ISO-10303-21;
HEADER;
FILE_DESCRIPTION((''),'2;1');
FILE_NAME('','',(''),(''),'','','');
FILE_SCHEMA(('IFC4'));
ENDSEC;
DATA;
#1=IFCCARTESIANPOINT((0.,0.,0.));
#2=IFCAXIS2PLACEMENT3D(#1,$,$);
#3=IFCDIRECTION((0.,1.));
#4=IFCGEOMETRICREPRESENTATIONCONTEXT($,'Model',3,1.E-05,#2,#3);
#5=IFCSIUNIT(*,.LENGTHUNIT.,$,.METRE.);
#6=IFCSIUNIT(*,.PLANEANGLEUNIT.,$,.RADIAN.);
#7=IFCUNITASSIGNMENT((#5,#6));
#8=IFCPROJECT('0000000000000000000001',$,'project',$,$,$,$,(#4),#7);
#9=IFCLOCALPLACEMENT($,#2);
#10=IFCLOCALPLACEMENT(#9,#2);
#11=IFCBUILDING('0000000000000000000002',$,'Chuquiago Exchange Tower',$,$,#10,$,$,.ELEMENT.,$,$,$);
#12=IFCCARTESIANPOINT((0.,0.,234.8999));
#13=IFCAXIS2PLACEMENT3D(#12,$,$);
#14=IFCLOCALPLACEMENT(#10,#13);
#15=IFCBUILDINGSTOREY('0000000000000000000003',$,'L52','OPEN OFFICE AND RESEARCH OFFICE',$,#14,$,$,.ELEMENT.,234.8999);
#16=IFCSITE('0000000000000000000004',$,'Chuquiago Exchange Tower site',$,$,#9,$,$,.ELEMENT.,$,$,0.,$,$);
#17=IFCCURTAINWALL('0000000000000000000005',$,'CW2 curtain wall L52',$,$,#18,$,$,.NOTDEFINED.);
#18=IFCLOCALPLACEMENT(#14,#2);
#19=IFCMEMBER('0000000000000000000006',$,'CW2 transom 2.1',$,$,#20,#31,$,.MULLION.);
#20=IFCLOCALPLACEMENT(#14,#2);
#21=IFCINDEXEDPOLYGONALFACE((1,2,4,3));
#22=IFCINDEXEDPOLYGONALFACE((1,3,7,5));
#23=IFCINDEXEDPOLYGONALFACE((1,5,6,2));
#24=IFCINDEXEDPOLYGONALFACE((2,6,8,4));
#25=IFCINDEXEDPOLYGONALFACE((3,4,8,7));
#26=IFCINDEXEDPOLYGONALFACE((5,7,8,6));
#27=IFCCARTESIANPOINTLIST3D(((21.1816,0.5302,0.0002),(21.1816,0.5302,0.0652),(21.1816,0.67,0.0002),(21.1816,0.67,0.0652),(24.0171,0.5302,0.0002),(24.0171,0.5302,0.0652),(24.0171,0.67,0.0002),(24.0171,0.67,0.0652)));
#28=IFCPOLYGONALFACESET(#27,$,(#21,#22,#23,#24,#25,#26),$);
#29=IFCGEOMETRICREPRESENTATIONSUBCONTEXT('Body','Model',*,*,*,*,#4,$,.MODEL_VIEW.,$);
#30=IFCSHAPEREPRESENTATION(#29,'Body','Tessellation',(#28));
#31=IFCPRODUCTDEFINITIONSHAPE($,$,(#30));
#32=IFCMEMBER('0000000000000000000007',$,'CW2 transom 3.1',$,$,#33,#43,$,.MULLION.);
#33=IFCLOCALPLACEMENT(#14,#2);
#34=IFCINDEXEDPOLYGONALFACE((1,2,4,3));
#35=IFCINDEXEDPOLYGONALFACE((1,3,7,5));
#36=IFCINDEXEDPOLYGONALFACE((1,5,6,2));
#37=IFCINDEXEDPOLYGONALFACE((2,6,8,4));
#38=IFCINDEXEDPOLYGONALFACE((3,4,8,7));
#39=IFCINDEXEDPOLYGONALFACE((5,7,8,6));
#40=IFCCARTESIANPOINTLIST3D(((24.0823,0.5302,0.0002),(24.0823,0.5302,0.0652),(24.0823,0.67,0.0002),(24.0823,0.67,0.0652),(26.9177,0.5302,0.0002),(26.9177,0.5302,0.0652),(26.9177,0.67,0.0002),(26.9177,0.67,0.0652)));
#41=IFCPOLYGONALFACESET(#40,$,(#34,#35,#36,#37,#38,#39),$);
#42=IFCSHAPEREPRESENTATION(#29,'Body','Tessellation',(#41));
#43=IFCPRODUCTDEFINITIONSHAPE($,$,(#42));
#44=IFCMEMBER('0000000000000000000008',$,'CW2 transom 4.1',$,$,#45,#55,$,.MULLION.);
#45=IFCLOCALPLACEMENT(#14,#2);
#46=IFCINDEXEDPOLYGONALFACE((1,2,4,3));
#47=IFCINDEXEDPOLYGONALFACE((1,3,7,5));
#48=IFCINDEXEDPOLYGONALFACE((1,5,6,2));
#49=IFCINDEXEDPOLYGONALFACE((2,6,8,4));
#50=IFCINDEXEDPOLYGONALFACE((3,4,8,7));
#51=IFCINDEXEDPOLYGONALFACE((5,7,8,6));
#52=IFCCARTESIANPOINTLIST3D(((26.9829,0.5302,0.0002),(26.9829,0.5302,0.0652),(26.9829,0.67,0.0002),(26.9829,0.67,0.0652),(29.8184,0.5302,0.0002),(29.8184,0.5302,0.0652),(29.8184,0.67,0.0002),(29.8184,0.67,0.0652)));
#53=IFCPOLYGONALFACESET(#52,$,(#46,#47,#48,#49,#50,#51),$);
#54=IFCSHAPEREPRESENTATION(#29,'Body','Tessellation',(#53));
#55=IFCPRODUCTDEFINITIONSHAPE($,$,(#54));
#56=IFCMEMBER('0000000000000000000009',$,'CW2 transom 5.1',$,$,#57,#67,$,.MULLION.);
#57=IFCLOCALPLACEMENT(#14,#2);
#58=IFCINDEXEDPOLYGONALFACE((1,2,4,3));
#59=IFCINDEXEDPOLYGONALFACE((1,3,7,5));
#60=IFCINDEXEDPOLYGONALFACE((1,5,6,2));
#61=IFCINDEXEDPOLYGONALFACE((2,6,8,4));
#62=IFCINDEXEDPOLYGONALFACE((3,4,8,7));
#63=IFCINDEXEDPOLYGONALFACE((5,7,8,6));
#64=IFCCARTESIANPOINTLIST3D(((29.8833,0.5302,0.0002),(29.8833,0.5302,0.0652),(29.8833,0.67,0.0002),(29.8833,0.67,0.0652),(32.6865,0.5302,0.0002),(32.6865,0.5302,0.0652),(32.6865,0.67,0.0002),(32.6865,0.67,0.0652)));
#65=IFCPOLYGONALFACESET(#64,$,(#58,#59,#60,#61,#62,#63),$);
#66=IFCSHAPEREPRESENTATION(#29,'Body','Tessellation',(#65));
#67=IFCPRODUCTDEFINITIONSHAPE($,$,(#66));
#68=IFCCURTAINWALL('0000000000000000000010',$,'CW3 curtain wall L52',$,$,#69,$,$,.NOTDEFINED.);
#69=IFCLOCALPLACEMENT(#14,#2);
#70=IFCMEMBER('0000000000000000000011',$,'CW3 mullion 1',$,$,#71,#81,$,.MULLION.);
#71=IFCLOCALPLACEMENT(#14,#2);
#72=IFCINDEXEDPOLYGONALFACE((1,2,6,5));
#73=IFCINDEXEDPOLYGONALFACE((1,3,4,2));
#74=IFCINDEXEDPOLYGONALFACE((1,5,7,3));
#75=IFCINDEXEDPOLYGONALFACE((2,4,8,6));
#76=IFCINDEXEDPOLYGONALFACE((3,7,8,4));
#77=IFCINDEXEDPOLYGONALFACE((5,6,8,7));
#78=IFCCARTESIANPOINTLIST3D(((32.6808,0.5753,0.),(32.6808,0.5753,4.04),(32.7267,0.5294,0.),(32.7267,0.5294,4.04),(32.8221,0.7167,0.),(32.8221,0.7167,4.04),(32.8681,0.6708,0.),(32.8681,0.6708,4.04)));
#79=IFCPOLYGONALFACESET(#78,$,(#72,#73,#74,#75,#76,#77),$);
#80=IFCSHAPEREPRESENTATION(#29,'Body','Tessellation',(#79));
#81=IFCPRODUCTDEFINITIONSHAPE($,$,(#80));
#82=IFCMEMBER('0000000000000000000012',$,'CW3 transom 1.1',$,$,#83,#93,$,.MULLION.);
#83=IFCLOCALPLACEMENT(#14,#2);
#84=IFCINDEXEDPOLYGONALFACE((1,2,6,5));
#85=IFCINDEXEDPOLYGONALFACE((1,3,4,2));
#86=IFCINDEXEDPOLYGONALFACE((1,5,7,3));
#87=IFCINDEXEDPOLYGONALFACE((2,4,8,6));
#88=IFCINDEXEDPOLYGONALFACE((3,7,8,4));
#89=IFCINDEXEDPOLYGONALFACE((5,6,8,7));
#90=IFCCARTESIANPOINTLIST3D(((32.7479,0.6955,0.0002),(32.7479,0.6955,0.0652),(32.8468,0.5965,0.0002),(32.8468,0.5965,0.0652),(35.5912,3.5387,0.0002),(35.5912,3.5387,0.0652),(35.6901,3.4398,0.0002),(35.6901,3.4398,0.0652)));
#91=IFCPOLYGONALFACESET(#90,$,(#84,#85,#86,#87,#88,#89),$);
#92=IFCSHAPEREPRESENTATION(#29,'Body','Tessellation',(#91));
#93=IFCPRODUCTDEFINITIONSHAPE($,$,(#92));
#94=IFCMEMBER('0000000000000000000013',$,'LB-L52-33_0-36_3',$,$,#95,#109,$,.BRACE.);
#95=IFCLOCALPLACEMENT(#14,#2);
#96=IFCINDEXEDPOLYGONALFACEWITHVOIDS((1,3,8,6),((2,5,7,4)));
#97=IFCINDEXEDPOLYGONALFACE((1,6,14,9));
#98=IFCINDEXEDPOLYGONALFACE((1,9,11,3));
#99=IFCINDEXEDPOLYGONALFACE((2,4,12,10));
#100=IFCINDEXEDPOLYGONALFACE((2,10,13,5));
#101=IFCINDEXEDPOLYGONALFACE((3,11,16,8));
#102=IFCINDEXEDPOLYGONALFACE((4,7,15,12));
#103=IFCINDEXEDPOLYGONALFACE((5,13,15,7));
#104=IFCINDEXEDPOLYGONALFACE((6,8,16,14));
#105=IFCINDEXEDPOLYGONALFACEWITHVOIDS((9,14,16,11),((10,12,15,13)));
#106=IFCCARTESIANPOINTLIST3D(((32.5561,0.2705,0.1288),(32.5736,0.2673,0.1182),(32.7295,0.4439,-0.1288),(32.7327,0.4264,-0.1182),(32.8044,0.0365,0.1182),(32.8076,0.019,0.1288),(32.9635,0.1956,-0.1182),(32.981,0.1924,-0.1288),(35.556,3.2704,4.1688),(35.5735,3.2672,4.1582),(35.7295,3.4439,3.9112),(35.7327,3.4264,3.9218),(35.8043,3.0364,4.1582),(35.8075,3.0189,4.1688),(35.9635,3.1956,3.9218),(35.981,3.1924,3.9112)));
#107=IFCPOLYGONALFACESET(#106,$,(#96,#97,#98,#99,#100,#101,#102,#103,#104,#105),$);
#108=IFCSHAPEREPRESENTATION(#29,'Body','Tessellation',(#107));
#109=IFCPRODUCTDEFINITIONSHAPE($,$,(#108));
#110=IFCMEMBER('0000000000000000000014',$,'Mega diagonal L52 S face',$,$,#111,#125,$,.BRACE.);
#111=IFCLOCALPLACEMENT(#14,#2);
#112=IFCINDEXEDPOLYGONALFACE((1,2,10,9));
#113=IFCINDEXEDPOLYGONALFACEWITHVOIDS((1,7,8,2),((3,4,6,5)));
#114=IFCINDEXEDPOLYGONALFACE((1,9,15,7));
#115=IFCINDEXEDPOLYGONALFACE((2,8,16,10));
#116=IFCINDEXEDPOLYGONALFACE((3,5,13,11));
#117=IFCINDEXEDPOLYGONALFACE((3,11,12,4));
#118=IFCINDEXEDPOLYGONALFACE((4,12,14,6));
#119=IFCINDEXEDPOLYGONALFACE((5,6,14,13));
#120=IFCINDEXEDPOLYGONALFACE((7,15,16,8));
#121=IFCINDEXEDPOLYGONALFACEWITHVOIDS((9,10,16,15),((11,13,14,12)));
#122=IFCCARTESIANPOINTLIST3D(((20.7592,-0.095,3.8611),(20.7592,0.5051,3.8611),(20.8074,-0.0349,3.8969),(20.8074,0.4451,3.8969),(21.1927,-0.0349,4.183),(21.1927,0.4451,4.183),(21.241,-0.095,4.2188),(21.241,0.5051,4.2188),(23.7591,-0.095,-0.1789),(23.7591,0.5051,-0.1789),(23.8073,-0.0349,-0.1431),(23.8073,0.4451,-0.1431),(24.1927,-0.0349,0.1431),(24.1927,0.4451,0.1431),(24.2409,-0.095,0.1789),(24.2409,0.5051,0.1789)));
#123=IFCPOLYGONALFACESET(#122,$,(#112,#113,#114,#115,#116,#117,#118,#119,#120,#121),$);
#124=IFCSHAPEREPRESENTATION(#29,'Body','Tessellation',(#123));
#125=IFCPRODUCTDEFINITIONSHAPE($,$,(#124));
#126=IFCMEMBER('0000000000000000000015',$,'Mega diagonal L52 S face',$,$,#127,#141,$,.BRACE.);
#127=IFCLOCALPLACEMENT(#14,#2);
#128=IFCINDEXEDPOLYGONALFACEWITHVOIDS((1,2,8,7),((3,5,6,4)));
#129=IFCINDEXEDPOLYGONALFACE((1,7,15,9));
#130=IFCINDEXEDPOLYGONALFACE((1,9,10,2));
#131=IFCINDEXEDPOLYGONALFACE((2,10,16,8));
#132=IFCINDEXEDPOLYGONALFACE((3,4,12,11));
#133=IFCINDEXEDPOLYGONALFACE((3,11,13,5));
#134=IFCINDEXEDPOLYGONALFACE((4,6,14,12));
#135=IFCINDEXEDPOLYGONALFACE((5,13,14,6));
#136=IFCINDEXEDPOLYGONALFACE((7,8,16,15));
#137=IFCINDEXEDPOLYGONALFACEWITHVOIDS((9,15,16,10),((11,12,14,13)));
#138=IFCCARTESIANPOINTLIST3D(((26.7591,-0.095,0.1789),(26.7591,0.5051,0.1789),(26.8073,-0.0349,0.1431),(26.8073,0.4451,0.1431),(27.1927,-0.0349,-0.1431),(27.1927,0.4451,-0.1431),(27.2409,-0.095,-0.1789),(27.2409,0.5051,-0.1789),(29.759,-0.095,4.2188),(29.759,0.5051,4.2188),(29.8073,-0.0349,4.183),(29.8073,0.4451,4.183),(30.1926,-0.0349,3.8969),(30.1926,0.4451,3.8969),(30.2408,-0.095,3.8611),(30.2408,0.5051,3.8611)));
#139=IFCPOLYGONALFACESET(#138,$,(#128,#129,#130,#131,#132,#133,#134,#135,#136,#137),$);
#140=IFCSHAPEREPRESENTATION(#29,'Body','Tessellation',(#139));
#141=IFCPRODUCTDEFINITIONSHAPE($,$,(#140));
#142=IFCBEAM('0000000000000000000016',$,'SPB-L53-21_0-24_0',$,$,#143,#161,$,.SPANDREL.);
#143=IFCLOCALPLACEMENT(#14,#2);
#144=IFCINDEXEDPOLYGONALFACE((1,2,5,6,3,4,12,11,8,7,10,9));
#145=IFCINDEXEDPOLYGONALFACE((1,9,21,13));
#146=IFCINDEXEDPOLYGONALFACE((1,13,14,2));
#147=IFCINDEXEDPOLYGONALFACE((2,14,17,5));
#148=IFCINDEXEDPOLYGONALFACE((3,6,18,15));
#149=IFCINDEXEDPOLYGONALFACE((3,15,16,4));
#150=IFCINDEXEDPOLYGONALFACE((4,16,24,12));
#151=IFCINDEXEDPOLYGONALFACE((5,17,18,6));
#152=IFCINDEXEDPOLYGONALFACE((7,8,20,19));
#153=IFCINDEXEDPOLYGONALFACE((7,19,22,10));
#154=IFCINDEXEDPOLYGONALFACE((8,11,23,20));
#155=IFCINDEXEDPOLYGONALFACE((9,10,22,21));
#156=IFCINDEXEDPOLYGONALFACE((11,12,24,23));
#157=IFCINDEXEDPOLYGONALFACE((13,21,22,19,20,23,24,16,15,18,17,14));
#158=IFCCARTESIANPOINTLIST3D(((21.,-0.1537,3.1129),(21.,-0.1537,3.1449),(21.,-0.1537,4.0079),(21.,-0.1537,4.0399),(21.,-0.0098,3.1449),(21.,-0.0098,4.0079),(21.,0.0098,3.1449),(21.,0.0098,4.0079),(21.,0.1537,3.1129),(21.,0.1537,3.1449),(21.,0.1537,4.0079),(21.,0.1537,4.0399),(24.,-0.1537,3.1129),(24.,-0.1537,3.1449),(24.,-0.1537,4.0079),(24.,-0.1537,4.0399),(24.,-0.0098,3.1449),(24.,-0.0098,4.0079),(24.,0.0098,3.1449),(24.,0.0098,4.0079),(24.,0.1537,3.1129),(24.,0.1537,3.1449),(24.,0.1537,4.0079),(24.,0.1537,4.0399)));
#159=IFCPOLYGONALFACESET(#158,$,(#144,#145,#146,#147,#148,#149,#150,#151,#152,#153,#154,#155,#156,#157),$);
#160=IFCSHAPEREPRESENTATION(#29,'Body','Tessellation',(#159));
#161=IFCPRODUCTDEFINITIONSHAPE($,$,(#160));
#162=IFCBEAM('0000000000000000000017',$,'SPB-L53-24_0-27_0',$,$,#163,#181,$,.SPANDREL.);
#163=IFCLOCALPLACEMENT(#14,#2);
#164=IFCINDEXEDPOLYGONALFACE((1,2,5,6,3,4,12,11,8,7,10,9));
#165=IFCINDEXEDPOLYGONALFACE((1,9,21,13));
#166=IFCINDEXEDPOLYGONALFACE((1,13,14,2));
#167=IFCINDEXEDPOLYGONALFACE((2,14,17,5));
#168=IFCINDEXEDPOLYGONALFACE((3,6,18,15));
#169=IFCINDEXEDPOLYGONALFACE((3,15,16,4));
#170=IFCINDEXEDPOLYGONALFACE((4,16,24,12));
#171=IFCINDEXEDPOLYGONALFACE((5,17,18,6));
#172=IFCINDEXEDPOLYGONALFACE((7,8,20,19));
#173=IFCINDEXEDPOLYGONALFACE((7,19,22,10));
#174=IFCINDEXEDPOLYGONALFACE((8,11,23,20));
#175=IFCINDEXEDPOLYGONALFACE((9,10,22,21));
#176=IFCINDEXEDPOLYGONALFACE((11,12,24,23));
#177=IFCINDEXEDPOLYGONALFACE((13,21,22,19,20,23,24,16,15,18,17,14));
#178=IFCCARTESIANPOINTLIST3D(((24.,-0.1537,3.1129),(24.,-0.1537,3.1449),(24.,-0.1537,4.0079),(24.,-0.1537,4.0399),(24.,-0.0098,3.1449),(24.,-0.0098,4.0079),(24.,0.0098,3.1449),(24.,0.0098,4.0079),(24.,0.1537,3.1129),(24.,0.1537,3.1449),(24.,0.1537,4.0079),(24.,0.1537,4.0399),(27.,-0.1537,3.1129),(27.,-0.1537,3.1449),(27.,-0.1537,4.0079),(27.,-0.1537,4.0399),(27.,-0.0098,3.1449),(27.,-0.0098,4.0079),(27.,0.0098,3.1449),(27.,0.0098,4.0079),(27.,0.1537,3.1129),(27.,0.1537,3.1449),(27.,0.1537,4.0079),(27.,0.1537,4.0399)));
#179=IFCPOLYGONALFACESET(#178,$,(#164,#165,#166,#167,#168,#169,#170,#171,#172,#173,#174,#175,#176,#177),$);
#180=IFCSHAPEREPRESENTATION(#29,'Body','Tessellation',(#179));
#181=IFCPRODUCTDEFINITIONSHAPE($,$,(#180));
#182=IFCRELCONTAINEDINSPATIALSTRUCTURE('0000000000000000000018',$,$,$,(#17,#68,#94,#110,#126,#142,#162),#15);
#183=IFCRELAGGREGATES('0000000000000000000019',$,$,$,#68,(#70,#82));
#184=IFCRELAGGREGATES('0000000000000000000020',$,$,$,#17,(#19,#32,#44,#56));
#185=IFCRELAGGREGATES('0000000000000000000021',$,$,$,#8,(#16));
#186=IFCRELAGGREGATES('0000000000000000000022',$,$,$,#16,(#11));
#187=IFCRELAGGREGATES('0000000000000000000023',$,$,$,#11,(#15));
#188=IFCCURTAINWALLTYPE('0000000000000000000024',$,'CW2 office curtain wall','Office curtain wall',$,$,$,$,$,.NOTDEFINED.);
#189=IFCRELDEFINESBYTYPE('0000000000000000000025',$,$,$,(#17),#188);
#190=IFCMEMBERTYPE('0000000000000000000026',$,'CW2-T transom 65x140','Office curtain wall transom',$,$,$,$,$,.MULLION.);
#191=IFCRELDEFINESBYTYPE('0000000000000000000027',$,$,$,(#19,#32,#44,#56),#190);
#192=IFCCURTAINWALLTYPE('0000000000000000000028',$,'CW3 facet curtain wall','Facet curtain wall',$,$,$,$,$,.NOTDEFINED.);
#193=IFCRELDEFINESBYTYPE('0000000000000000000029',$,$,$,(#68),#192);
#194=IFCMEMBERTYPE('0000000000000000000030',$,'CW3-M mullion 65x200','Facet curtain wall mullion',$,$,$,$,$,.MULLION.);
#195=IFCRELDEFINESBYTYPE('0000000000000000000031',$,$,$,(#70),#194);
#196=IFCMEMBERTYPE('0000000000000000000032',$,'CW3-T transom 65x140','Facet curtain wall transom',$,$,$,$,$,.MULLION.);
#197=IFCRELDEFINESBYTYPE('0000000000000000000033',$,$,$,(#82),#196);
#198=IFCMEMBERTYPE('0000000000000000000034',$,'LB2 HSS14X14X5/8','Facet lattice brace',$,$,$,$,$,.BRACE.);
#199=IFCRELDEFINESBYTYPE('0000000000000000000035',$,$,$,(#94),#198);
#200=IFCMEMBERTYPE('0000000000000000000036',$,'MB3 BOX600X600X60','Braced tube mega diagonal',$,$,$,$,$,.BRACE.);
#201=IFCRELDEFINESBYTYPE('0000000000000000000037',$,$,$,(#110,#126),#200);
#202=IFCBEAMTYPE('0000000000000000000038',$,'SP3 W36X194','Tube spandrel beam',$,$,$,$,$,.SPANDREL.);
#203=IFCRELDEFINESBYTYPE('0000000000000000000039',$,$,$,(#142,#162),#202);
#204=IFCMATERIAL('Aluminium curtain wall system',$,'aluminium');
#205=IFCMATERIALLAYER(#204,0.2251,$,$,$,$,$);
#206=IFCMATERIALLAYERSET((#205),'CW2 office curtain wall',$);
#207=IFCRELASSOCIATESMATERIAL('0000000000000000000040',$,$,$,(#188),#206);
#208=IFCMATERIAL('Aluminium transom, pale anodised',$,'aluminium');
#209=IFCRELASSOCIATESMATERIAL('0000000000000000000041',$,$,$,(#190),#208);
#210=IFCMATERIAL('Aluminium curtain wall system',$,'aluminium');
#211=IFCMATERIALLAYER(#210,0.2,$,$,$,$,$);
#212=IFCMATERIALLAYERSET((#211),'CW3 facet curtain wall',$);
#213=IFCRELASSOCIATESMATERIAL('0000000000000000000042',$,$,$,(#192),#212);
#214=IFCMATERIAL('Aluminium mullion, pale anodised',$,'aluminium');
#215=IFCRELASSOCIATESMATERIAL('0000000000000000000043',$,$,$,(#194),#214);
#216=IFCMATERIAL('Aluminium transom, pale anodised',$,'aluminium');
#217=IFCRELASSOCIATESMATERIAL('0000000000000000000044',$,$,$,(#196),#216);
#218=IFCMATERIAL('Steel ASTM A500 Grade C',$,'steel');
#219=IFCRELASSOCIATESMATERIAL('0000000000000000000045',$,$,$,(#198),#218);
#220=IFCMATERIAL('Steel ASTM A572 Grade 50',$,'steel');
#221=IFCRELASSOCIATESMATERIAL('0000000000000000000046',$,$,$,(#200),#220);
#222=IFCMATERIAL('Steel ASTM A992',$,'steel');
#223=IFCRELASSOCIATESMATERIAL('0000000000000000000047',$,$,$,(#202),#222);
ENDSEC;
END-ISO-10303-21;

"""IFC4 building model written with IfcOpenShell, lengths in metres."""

from ifc_helpers import new_model, si_unit, direction, frame, origin, origin_2d, place, context, subcontext, project, spatial, rectangle, hollow_rectangle, i_section, extrude, material, layer, layer_set, material_profile, profile_set, type_object, element, aggregate, save


model = new_model("IFC4")

# Units and contexts
model_context = context("Model", 3, precision=1e-05, world=origin(), true_north=direction((0.0, 1.0)))
body_context = subcontext(model_context, "Body", "Model", "MODEL_VIEW")
ifc_project = project(units=[si_unit("LENGTHUNIT", "METRE"), si_unit("PLANEANGLEUNIT", "RADIAN")], contexts=[model_context])

# Site, building, storey
site_placement = place(None, origin())
site = spatial("IfcSite", under=ifc_project, at=site_placement, Name="Chuquiago Exchange Tower site", CompositionType="ELEMENT", RefElevation=0.0)
building_placement = place(site_placement, origin())
building = spatial("IfcBuilding", under=site, at=building_placement, Name="Chuquiago Exchange Tower", CompositionType="ELEMENT")
storey_placement = place(building_placement, frame((0.0, 0.0, 234.8999)))
storey = spatial("IfcBuildingStorey", under=building, at=storey_placement, Name="L52", Description="OPEN OFFICE AND RESEARCH OFFICE", CompositionType="ELEMENT", Elevation=234.8999)

# Curtain walls, members
ifc_material_1 = material(Name="Aluminium curtain wall system", Category="aluminium")
ifc_layer_1 = layer(ifc_material_1, 0.2251)
ifc_layer_set_1 = layer_set([ifc_layer_1], Name="CW2 office curtain wall")
curtain_wall_type_1 = type_object("IfcCurtainWallType", Name="CW2 office curtain wall", Description="Office curtain wall", PredefinedType="NOTDEFINED", material=ifc_layer_set_1)
curtain_wall_1_placement = place(storey_placement, origin())
curtain_wall_1 = element("IfcCurtainWall", 1, at=curtain_wall_1_placement, inside=storey, type_object=curtain_wall_type_1, Name="CW2 curtain wall L52", PredefinedType="NOTDEFINED")
ifc_material_2 = material(Name="Aluminium transom, pale anodised", Category="aluminium")
ifc_material_profile_1 = material_profile(ifc_material_2, rectangle(XDim=0.1399, YDim=0.0649, at=origin_2d()), Name="AL 140x65")
ifc_profile_set_1 = profile_set([ifc_material_profile_1], Name="Aluminium transom, pale anodised")
member_type_1 = type_object("IfcMemberType", Name="CW2-T transom 65x140", Description="Office curtain wall transom", PredefinedType="MULLION", material=ifc_profile_set_1)
member_1_placement = place(storey_placement, frame((21.1816, 0.6001, 0.0327), z_axis=(1.0, 0.0, 0.0), x_axis=(0.0, 1.0, 0.0)))
member_1 = element("IfcMember", 2, at=member_1_placement, type_object=member_type_1, Name="CW2 transom 2.1", PredefinedType="MULLION", context=body_context, shape_type="SweptSolid", body=[
    extrude(rectangle(XDim=0.1399, YDim=0.0649, at=origin_2d()), origin(), (0.0, 0.0, 1.0), 2.8354),
])
member_2_placement = place(storey_placement, frame((24.0823, 0.6001, 0.0327), z_axis=(1.0, 0.0, 0.0), x_axis=(0.0, 1.0, 0.0)))
member_2 = element("IfcMember", 3, at=member_2_placement, type_object=member_type_1, Name="CW2 transom 3.1", PredefinedType="MULLION", context=body_context, shape_type="SweptSolid", body=[
    extrude(rectangle(XDim=0.1399, YDim=0.0649, at=origin_2d()), origin(), (0.0, 0.0, 1.0), 2.8354),
])
member_3_placement = place(storey_placement, frame((26.9829, 0.6001, 0.0327), z_axis=(1.0, 0.0, 0.0), x_axis=(0.0, 1.0, 0.0)))
member_3 = element("IfcMember", 4, at=member_3_placement, type_object=member_type_1, Name="CW2 transom 4.1", PredefinedType="MULLION", context=body_context, shape_type="SweptSolid", body=[
    extrude(rectangle(XDim=0.1399, YDim=0.0649, at=origin_2d()), origin(), (0.0, 0.0, 1.0), 2.8354),
])
member_4_placement = place(storey_placement, frame((29.8833, 0.6001, 0.0327), z_axis=(1.0, 0.0, 0.0), x_axis=(0.0, 1.0, 0.0)))
member_4 = element("IfcMember", 5, at=member_4_placement, type_object=member_type_1, Name="CW2 transom 5.1", PredefinedType="MULLION", context=body_context, shape_type="SweptSolid", body=[
    extrude(rectangle(XDim=0.1399, YDim=0.0649, at=origin_2d()), origin(), (0.0, 0.0, 1.0), 2.8032),
])
ifc_material_3 = material(Name="Aluminium curtain wall system", Category="aluminium")
ifc_layer_2 = layer(ifc_material_3, 0.2)
ifc_layer_set_2 = layer_set([ifc_layer_2], Name="CW3 facet curtain wall")
curtain_wall_type_2 = type_object("IfcCurtainWallType", Name="CW3 facet curtain wall", Description="Facet curtain wall", PredefinedType="NOTDEFINED", material=ifc_layer_set_2)
curtain_wall_2_placement = place(storey_placement, origin())
curtain_wall_2 = element("IfcCurtainWall", 6, at=curtain_wall_2_placement, inside=storey, type_object=curtain_wall_type_2, Name="CW3 curtain wall L52", PredefinedType="NOTDEFINED")
ifc_material_4 = material(Name="Aluminium mullion, pale anodised", Category="aluminium")
ifc_material_profile_2 = material_profile(ifc_material_4, rectangle(XDim=0.0649, YDim=0.2, at=origin_2d()), Name="AL 65x200")
ifc_profile_set_2 = profile_set([ifc_material_profile_2], Name="Aluminium mullion, pale anodised")
member_type_2 = type_object("IfcMemberType", Name="CW3-M mullion 65x200", Description="Facet curtain wall mullion", PredefinedType="MULLION", material=ifc_profile_set_2)
member_5_placement = place(storey_placement, frame((32.7744, 0.623, 0.0), z_axis=(0.0, 0.0, 1.0), x_axis=(-0.707107, 0.707107, 0.0)))
member_5 = element("IfcMember", 7, at=member_5_placement, type_object=member_type_2, Name="CW3 mullion 1", PredefinedType="MULLION", context=body_context, shape_type="SweptSolid", body=[
    extrude(rectangle(XDim=0.0649, YDim=0.2, at=origin_2d()), origin(), (0.0, 0.0, 1.0), 4.04),
])
ifc_material_5 = material(Name="Aluminium transom, pale anodised", Category="aluminium")
ifc_material_profile_3 = material_profile(ifc_material_5, rectangle(XDim=0.1399, YDim=0.0649, at=origin_2d()), Name="AL 140x65")
ifc_profile_set_3 = profile_set([ifc_material_profile_3], Name="Aluminium transom, pale anodised")
member_type_3 = type_object("IfcMemberType", Name="CW3-T transom 65x140", Description="Facet curtain wall transom", PredefinedType="MULLION", material=ifc_profile_set_3)
member_6_placement = place(storey_placement, frame((32.7974, 0.646, 0.0327), z_axis=(0.707107, 0.707107, 0.0), x_axis=(-0.707107, 0.707107, 0.0)))
member_6 = element("IfcMember", 8, at=member_6_placement, type_object=member_type_3, Name="CW3 transom 1.1", PredefinedType="MULLION", context=body_context, shape_type="SweptSolid", body=[
    extrude(rectangle(XDim=0.1399, YDim=0.0649, at=origin_2d()), origin(), (0.0, 0.0, 1.0), 4.021),
])
aggregate(curtain_wall_2, [member_5, member_6])

# Members
ifc_material_6 = material(Name="Steel ASTM A500 Grade C", Category="steel")
ifc_material_profile_4 = material_profile(ifc_material_6, hollow_rectangle(XDim=0.3557, YDim=0.3557, WallThickness=0.0146, at=origin_2d()), Name="HSS14X14X5/8")
ifc_profile_set_4 = profile_set([ifc_material_profile_4], Name="Steel ASTM A500 Grade C")
member_type_4 = type_object("IfcMemberType", Name="LB2 HSS14X14X5/8", Description="Facet lattice brace", PredefinedType="BRACE", material=ifc_profile_set_4)
member_7_placement = place(storey_placement, frame((32.7686, 0.2314, 0.0), z_axis=(0.512077, 0.512077, 0.689604), x_axis=(-0.707107, 0.707107, 0.0)))
element("IfcMember", 9, at=member_7_placement, inside=storey, type_object=member_type_4, Name="LB-L52-33_0-36_3", PredefinedType="BRACE", context=body_context, shape_type="SweptSolid", body=[
    extrude(hollow_rectangle(XDim=0.3557, YDim=0.3557, WallThickness=0.0146, at=origin_2d()), origin(), (0.0, 0.0, 1.0), 5.8584),
])
ifc_material_7 = material(Name="Steel ASTM A572 Grade 50", Category="steel")
ifc_material_profile_5 = material_profile(ifc_material_7, hollow_rectangle(XDim=0.6001, YDim=0.6001, WallThickness=0.0601, at=origin_2d()), Name="BOX600X600X60")
ifc_profile_set_5 = profile_set([ifc_material_profile_5], Name="Steel ASTM A572 Grade 50")
member_type_5 = type_object("IfcMemberType", Name="MB3 BOX600X600X60", Description="Braced tube mega diagonal", PredefinedType="BRACE", material=ifc_profile_set_5)
for number, where, z_axis, x_axis, name in (
    (10, (24.0, 0.2051, 0.0), (-0.596174, 0.0, 0.802855), (0.0, -1.0, 0.0), "Mega diagonal L52 S face"),
    (11, (27.0, 0.2051, 0.0), (0.596174, 0.0, 0.802855), (0.0, 1.0, 0.0), "Mega diagonal L52 S face"),
):
    element("IfcMember", number, at=place(storey_placement, frame(where, z_axis=z_axis, x_axis=x_axis)), inside=storey, type_object=member_type_5, Name=name, PredefinedType="BRACE", context=body_context, shape_type="SweptSolid", body=[
        extrude(hollow_rectangle(XDim=0.6001, YDim=0.6001, WallThickness=0.0601, at=origin_2d()), origin(), (0.0, 0.0, 1.0), 5.032),
    ])

# Beams
ifc_material_8 = material(Name="Steel ASTM A992", Category="steel")
ifc_material_profile_6 = material_profile(ifc_material_8, i_section(OverallWidth=0.3074, OverallDepth=0.927, WebThickness=0.0195, FlangeThickness=0.032, at=origin_2d()), Name="W36X194")
ifc_profile_set_6 = profile_set([ifc_material_profile_6], Name="Steel ASTM A992")
beam_type = type_object("IfcBeamType", Name="SP3 W36X194", Description="Tube spandrel beam", PredefinedType="SPANDREL", material=ifc_profile_set_6)
for number, where, z_axis, x_axis, name in (
    (12, (21.0, 0.0, 3.5764), (1.0, 0.0, 0.0), (0.0, 1.0, 0.0), "SPB-L53-21_0-24_0"),
    (13, (24.0, 0.0, 3.5764), (1.0, 0.0, 0.0), (0.0, 1.0, 0.0), "SPB-L53-24_0-27_0"),
):
    element("IfcBeam", number, at=place(storey_placement, frame(where, z_axis=z_axis, x_axis=x_axis)), inside=storey, type_object=beam_type, Name=name, PredefinedType="SPANDREL", context=body_context, shape_type="SweptSolid", body=[
        extrude(i_section(OverallWidth=0.3074, OverallDepth=0.927, WebThickness=0.0195, FlangeThickness=0.032, at=origin_2d()), origin(), (0.0, 0.0, 1.0), 3.0),
    ])

aggregate(curtain_wall_1, [member_1, member_2, member_3, member_4])

save(model, "model.ifc")
